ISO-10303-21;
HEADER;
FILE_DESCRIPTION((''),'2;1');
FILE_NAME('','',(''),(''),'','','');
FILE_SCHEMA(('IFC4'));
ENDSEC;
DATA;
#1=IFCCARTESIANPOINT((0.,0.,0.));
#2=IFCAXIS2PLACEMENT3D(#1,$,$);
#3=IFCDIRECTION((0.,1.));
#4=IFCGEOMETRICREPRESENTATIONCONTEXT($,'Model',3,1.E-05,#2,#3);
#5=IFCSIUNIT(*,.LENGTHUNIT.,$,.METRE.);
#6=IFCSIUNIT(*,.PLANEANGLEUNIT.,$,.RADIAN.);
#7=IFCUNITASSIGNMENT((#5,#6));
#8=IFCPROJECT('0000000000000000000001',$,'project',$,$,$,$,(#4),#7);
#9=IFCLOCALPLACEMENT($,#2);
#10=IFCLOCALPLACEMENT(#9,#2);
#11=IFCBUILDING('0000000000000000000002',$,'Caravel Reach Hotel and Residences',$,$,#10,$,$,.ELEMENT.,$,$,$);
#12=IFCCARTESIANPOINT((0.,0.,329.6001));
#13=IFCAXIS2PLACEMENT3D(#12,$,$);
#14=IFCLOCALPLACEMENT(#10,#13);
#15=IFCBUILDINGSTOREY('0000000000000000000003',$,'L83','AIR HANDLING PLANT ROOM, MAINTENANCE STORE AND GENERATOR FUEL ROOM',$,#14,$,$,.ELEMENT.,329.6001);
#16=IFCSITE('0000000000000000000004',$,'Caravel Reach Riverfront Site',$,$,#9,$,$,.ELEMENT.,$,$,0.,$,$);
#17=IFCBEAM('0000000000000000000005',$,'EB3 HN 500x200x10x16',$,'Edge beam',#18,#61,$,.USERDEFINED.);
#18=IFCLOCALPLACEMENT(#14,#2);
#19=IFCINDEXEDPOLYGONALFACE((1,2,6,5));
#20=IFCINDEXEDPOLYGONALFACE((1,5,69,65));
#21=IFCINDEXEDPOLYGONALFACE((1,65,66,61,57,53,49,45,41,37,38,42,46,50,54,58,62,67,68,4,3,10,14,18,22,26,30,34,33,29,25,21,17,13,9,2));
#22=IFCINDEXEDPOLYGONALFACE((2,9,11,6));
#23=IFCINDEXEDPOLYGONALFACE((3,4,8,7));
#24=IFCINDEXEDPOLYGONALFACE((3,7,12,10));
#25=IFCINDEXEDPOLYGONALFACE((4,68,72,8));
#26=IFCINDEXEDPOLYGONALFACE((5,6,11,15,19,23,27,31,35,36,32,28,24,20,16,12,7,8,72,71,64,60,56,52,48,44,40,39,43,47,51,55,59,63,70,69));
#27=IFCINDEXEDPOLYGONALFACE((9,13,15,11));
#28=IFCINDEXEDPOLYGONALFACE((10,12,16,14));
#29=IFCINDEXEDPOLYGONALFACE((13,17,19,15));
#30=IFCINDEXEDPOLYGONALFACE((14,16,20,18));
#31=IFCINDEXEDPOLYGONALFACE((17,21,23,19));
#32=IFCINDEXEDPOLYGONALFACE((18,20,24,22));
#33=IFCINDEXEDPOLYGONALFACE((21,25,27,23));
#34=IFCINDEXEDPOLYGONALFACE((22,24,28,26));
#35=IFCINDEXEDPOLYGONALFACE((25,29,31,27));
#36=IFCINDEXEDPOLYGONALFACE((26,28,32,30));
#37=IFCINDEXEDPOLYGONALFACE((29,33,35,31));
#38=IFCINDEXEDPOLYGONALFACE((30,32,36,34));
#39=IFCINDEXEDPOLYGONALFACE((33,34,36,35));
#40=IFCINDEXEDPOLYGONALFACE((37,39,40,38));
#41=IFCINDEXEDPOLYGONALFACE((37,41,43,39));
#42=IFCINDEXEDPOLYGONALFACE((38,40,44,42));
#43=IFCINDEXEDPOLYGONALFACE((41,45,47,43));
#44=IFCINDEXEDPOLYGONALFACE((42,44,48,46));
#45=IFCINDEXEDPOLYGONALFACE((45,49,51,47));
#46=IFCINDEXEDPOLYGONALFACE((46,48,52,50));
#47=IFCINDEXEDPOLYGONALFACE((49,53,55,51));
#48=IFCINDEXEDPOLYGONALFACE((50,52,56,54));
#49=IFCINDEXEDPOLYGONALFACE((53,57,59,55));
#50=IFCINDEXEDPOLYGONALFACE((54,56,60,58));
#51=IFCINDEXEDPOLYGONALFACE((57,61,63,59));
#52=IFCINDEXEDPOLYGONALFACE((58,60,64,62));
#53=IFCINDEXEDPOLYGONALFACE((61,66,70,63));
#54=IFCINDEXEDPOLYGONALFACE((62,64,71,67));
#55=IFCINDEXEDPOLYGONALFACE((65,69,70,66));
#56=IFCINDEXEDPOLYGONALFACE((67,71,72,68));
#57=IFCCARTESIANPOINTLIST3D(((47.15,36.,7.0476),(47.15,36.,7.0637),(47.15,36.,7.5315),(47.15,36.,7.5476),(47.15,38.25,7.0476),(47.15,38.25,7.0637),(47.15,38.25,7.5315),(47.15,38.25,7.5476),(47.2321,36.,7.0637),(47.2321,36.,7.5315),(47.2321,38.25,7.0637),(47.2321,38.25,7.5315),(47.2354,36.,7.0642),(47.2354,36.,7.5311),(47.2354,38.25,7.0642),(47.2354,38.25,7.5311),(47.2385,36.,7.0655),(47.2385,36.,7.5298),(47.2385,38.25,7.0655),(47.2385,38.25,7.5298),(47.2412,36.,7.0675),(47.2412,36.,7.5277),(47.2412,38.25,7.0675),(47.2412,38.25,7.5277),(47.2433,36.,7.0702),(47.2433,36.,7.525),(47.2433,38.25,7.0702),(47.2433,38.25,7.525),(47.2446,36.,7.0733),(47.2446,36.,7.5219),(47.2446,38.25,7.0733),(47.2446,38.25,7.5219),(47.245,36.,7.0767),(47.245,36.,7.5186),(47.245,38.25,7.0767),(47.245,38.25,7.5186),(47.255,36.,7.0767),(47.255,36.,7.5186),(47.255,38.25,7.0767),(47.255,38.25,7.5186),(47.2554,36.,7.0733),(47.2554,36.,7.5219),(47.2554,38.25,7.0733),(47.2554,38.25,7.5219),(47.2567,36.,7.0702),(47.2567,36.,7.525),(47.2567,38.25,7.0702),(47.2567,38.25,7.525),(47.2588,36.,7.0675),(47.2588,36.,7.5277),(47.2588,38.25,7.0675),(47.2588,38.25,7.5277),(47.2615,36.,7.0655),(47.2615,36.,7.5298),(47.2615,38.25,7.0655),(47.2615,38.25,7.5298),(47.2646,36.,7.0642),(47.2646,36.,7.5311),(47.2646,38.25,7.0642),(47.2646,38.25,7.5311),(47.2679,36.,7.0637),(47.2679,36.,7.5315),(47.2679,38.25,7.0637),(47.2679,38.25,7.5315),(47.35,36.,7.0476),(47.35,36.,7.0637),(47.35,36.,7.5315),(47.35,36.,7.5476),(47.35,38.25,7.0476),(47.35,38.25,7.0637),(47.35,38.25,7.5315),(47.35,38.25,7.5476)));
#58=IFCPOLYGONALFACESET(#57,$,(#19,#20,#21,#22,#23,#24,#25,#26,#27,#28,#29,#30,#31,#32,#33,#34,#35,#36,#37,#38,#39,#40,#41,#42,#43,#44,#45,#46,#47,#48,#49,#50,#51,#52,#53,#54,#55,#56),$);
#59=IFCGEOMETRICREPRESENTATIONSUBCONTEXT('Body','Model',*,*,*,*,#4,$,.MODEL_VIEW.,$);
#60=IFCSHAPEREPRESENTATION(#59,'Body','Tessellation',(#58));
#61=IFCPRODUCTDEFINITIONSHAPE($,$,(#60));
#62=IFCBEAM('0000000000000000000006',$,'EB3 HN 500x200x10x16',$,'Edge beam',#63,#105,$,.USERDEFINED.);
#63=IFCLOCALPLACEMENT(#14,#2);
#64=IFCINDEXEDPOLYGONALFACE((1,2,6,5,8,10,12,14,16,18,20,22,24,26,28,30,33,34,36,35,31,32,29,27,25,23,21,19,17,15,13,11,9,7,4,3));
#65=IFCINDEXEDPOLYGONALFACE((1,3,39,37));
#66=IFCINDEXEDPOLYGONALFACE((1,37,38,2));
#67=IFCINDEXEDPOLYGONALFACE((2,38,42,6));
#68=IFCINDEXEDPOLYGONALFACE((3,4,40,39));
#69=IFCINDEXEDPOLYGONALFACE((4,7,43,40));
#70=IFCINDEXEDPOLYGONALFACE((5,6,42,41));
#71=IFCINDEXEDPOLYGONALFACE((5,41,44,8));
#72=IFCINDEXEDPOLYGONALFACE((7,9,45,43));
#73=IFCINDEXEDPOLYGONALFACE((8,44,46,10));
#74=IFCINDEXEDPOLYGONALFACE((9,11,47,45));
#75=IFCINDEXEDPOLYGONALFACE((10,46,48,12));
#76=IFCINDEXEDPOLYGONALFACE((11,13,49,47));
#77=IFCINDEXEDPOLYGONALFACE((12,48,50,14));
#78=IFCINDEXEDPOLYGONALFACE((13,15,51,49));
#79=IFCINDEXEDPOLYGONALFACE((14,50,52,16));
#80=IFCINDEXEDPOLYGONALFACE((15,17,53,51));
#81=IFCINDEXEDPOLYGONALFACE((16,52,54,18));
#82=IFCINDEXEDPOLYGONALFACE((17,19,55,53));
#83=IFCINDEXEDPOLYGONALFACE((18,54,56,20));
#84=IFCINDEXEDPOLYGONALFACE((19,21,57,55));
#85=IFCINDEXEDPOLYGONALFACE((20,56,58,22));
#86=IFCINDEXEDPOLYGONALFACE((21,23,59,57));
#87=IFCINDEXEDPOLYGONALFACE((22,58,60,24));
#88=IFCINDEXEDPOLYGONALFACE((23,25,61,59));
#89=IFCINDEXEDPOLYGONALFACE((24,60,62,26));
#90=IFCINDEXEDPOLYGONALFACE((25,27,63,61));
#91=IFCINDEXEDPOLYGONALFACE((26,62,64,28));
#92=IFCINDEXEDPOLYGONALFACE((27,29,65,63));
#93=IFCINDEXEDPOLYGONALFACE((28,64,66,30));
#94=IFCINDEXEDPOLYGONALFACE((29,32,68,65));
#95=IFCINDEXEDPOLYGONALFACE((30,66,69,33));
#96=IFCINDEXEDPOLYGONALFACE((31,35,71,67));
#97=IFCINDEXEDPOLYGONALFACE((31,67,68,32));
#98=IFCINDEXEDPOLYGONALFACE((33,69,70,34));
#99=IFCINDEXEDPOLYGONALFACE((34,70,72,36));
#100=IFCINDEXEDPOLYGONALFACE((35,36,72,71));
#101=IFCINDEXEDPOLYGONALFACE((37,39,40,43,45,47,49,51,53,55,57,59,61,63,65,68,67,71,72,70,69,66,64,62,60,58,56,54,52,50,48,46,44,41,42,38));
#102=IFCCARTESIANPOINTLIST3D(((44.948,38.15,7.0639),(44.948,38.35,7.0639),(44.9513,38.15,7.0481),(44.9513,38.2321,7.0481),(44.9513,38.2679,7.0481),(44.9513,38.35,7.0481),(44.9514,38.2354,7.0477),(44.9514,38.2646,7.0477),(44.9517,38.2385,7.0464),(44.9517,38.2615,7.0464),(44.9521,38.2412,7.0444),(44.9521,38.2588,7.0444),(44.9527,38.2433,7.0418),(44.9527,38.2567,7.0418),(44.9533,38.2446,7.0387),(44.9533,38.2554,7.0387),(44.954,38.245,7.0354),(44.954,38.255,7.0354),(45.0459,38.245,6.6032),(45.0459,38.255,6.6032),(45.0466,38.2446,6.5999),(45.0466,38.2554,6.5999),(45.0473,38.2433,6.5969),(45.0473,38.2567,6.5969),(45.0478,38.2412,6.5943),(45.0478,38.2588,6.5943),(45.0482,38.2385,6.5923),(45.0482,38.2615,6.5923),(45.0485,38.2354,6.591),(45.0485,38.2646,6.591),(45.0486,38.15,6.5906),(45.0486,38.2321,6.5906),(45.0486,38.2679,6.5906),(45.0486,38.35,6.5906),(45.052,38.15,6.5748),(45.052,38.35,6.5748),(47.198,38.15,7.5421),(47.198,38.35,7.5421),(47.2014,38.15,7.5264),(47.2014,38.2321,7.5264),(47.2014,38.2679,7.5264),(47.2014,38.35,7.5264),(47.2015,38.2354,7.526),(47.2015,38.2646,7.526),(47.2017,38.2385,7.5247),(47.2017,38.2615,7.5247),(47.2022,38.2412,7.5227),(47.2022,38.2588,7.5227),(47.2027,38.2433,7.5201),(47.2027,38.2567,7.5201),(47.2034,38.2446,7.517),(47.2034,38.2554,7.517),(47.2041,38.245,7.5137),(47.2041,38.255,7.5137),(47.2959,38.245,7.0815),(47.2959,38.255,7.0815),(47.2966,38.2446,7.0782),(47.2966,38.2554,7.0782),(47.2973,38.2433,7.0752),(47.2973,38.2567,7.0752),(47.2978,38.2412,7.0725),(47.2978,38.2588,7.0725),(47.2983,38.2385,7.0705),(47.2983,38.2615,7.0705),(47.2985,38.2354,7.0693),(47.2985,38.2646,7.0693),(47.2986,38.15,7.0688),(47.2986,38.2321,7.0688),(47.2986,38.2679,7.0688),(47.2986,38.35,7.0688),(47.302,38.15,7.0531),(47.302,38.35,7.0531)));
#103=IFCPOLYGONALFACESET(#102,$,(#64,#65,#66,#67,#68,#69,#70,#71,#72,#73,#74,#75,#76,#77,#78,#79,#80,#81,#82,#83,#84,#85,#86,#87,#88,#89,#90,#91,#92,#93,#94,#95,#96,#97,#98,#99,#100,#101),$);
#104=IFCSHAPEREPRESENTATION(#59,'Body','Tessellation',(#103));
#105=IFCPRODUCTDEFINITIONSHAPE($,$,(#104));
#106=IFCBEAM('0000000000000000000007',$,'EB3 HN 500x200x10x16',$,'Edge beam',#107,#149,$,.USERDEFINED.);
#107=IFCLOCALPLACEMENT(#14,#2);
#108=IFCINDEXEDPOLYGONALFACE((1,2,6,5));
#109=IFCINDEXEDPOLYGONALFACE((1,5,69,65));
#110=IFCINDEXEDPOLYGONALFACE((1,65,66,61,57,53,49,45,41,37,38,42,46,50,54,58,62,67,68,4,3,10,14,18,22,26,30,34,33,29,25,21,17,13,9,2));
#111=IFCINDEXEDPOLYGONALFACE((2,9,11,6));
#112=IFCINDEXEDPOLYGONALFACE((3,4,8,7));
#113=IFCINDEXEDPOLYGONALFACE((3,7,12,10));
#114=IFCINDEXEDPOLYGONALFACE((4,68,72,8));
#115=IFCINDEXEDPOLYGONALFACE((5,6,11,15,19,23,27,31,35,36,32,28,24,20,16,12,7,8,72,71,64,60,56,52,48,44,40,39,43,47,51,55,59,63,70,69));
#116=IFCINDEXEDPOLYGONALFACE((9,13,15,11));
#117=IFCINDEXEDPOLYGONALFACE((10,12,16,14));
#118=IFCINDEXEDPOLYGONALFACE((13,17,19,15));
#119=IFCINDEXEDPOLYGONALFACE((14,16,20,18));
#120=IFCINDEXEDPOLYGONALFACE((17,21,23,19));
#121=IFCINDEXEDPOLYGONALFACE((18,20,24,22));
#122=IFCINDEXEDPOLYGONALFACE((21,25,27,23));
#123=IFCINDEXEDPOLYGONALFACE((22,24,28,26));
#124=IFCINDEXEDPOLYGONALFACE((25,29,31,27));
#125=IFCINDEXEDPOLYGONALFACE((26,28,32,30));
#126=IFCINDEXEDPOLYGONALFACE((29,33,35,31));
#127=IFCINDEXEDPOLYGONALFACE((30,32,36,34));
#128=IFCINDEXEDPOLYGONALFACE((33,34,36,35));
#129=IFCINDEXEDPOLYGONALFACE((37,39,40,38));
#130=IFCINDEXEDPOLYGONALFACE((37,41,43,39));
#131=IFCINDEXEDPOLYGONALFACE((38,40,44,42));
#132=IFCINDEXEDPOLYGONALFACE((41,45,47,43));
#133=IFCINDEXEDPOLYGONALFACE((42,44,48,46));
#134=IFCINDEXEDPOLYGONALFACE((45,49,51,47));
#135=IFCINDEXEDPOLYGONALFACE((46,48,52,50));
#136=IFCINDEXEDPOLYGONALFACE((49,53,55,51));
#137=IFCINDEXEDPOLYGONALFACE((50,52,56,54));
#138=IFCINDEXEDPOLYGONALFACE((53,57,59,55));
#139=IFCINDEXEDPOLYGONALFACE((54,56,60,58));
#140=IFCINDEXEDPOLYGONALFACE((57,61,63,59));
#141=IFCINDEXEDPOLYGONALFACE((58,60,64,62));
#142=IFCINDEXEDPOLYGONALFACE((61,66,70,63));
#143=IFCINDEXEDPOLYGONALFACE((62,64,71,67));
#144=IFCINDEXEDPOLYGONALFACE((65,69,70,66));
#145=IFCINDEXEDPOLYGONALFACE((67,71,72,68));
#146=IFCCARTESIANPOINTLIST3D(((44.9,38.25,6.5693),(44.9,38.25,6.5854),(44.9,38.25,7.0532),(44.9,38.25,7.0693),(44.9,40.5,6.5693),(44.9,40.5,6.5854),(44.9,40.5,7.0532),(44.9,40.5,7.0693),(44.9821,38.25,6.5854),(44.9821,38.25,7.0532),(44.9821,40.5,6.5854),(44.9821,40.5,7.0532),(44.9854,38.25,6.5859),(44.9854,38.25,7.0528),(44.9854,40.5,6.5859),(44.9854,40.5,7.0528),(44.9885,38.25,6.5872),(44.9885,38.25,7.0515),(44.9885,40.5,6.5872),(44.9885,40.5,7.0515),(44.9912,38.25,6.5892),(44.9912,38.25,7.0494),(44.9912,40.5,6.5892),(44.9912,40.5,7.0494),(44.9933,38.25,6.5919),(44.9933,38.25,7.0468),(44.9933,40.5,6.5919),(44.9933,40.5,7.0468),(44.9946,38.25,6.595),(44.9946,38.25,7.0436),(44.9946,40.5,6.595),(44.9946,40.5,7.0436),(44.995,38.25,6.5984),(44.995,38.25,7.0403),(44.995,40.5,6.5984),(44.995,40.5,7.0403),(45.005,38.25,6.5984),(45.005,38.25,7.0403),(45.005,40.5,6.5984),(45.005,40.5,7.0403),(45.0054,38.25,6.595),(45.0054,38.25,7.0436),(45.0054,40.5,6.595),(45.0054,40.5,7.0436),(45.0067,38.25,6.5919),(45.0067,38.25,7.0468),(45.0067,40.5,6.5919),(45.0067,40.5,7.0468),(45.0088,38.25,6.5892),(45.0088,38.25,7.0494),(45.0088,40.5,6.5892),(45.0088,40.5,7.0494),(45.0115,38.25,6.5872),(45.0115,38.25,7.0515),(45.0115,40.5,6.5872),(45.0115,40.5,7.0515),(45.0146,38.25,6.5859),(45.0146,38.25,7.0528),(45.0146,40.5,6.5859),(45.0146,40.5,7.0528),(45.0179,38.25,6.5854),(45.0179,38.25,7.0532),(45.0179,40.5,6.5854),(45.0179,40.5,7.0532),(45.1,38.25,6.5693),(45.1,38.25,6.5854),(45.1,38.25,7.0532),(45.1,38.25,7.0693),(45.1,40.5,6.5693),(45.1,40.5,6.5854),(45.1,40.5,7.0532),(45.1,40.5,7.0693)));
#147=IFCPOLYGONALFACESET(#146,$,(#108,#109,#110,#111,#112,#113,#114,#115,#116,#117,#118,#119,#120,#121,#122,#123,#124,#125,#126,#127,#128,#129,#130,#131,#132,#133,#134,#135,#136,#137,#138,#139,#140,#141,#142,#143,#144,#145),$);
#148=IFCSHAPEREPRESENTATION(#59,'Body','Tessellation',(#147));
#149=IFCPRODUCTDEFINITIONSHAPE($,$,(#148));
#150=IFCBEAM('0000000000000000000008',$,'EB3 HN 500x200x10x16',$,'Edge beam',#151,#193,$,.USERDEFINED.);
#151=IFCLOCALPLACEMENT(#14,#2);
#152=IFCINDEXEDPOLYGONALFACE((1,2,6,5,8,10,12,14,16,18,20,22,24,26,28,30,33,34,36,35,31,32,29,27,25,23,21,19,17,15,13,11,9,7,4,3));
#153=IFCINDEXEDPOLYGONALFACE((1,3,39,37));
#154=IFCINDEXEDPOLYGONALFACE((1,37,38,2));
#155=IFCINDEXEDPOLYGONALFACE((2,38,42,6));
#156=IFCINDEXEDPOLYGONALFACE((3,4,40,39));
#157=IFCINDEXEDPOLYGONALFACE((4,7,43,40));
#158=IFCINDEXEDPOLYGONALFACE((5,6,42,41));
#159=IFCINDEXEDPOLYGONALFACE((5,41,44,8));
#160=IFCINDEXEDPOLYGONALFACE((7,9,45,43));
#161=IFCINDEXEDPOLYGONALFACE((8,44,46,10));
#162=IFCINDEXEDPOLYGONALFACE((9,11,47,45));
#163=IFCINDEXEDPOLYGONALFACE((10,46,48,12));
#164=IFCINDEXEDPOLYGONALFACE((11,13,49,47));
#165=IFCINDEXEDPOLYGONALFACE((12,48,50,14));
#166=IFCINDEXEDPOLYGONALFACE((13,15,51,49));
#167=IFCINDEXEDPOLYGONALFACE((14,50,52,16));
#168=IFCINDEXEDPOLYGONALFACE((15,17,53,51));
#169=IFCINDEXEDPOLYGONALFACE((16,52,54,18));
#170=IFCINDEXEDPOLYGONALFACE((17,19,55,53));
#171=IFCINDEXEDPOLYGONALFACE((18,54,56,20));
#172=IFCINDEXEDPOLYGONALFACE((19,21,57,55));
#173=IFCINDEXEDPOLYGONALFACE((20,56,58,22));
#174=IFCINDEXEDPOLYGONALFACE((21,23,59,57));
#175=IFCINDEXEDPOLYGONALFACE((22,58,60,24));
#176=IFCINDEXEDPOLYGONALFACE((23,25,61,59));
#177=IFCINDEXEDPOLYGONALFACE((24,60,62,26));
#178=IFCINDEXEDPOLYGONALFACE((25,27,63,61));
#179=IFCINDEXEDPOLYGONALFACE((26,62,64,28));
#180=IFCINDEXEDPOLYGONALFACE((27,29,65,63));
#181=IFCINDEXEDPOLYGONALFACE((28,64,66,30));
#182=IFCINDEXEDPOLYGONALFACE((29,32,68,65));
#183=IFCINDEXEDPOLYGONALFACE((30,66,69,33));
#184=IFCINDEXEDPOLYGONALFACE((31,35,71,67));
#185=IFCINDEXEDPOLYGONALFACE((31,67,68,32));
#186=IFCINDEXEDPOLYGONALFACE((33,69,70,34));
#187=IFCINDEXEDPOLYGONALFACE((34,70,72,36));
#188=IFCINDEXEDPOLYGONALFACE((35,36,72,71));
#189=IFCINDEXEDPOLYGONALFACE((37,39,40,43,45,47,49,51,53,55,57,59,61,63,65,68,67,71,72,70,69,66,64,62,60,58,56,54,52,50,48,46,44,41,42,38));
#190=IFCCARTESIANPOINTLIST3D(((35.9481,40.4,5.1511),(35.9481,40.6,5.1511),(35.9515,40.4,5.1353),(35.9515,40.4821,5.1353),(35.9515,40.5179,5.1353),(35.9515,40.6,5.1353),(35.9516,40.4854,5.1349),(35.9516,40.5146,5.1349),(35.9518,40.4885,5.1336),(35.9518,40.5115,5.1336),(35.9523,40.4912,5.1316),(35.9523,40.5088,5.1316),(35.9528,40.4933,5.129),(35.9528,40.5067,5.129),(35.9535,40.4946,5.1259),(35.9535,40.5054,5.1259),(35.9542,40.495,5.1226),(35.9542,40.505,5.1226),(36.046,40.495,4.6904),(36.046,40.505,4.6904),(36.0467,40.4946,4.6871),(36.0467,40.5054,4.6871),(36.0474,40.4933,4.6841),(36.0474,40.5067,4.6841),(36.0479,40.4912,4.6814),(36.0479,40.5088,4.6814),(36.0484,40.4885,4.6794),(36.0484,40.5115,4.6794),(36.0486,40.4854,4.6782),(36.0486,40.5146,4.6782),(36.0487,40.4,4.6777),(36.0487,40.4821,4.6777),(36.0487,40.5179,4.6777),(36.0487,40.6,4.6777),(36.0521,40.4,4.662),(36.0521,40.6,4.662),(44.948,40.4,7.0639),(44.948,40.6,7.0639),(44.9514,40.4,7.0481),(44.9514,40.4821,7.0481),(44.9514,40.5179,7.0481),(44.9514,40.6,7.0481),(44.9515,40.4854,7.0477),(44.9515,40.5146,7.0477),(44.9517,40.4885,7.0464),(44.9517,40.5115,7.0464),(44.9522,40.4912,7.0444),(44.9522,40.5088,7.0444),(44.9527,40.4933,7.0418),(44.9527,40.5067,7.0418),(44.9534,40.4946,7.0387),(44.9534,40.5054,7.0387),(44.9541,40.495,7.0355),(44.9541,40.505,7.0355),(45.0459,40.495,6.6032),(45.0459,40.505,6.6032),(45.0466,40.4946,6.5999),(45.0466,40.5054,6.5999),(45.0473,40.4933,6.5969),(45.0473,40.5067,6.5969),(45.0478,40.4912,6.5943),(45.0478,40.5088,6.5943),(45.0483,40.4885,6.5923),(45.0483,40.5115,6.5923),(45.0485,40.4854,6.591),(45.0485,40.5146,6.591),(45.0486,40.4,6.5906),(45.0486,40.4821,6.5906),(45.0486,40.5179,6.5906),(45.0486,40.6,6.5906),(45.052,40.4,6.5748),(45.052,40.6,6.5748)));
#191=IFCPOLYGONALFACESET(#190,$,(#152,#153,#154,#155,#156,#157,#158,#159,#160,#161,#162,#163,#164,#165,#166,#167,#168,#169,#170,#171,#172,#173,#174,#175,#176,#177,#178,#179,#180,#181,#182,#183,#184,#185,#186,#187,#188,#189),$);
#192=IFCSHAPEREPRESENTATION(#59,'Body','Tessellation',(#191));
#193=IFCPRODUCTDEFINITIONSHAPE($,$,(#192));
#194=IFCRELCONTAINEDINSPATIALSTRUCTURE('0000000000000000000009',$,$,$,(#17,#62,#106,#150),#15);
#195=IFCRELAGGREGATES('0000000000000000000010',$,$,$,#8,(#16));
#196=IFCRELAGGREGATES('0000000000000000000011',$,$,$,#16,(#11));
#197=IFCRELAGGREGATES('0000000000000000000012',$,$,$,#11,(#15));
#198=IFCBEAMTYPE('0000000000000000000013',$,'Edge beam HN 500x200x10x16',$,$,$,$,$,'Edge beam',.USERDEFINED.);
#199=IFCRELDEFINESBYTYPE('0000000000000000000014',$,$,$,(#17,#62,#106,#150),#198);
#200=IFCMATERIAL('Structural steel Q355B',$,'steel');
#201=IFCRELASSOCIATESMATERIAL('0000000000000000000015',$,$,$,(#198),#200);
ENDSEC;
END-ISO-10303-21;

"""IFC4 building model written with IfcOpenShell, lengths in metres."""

from ifc_helpers import new_model, si_unit, direction, frame, origin, origin_2d, place, context, subcontext, project, spatial, i_section, extrude, material, material_profile, profile_set, type_object, element, save


model = new_model("IFC4")

# Units and contexts
model_context = context("Model", 3, precision=1e-05, world=origin(), true_north=direction((0.0, 1.0)))
body_context = subcontext(model_context, "Body", "Model", "MODEL_VIEW")
ifc_project = project(units=[si_unit("LENGTHUNIT", "METRE"), si_unit("PLANEANGLEUNIT", "RADIAN")], contexts=[model_context])

# Site, building, storey
site_placement = place(None, origin())
site = spatial("IfcSite", under=ifc_project, at=site_placement, Name="Caravel Reach Riverfront Site", CompositionType="ELEMENT", RefElevation=0.0)
building_placement = place(site_placement, origin())
building = spatial("IfcBuilding", under=site, at=building_placement, Name="Caravel Reach Hotel and Residences", CompositionType="ELEMENT")
storey_placement = place(building_placement, frame((0.0, 0.0, 329.6001)))
storey = spatial("IfcBuildingStorey", under=building, at=storey_placement, Name="L83", Description="AIR HANDLING PLANT ROOM, MAINTENANCE STORE AND GENERATOR FUEL ROOM", CompositionType="ELEMENT", Elevation=329.6001)

# Beams
ifc_material_1 = material(Name="Structural steel Q355B", Category="steel")
ifc_material_profile_1 = material_profile(ifc_material_1, i_section(OverallWidth=0.2, OverallDepth=0.5, WebThickness=0.01, FlangeThickness=0.0161, FilletRadius=0.0129, at=origin_2d()), Name="HN 500x200x10x16")
ifc_profile_set_1 = profile_set([ifc_material_profile_1], Name="Structural steel Q355B")
beam_type_1 = type_object("IfcBeamType", Name="Edge beam HN 500x200x10x16", ElementType="Edge beam", PredefinedType="USERDEFINED", material=ifc_profile_set_1)
beam_1_placement = place(storey_placement, frame((47.25, 36.0, 7.2976), z_axis=(0.0, 1.0, 0.0), x_axis=(-1.0, 0.0, 0.0)))
element("IfcBeam", 1, at=beam_1_placement, inside=storey, type_object=beam_type_1, Name="EB3 HN 500x200x10x16", ObjectType="Edge beam", PredefinedType="USERDEFINED", context=body_context, shape_type="SweptSolid", body=[
    extrude(i_section(OverallWidth=0.2, OverallDepth=0.5, WebThickness=0.01, FlangeThickness=0.0161, FilletRadius=0.0129, at=origin_2d()), origin(), (0.0, 0.0, 1.0), 2.25),
])
beam_2_placement = place(storey_placement, frame((47.25, 38.25, 7.2976), z_axis=(-0.978146, 0.0, -0.20792), x_axis=(0.0, -1.0, 0.0)))
element("IfcBeam", 2, at=beam_2_placement, inside=storey, type_object=beam_type_1, Name="EB3 HN 500x200x10x16", ObjectType="Edge beam", PredefinedType="USERDEFINED", context=body_context, shape_type="SweptSolid", body=[
    extrude(i_section(OverallWidth=0.2, OverallDepth=0.5, WebThickness=0.01, FlangeThickness=0.0161, FilletRadius=0.0129, at=origin_2d()), origin(), (0.0, 0.0, 1.0), 2.3003),
])
beam_3_placement = place(storey_placement, frame((45.0, 38.25, 6.8193), z_axis=(0.0, 1.0, 0.0), x_axis=(-1.0, 0.0, 0.0)))
element("IfcBeam", 3, at=beam_3_placement, inside=storey, type_object=beam_type_1, Name="EB3 HN 500x200x10x16", ObjectType="Edge beam", PredefinedType="USERDEFINED", context=body_context, shape_type="SweptSolid", body=[
    extrude(i_section(OverallWidth=0.2, OverallDepth=0.5, WebThickness=0.01, FlangeThickness=0.0161, FilletRadius=0.0129, at=origin_2d()), origin(), (0.0, 0.0, 1.0), 2.25),
])
beam_4_placement = place(storey_placement, frame((45.0, 40.5, 6.8193), z_axis=(-0.978151, 0.0, -0.207894), x_axis=(0.0, -1.0, 0.0)))
element("IfcBeam", 4, at=beam_4_placement, inside=storey, type_object=beam_type_1, Name="EB3 HN 500x200x10x16", ObjectType="Edge beam", PredefinedType="USERDEFINED", context=body_context, shape_type="SweptSolid", body=[
    extrude(i_section(OverallWidth=0.2, OverallDepth=0.5, WebThickness=0.01, FlangeThickness=0.0161, FilletRadius=0.0129, at=origin_2d()), origin(), (0.0, 0.0, 1.0), 9.2009),
])

save(model, "model.ifc")
